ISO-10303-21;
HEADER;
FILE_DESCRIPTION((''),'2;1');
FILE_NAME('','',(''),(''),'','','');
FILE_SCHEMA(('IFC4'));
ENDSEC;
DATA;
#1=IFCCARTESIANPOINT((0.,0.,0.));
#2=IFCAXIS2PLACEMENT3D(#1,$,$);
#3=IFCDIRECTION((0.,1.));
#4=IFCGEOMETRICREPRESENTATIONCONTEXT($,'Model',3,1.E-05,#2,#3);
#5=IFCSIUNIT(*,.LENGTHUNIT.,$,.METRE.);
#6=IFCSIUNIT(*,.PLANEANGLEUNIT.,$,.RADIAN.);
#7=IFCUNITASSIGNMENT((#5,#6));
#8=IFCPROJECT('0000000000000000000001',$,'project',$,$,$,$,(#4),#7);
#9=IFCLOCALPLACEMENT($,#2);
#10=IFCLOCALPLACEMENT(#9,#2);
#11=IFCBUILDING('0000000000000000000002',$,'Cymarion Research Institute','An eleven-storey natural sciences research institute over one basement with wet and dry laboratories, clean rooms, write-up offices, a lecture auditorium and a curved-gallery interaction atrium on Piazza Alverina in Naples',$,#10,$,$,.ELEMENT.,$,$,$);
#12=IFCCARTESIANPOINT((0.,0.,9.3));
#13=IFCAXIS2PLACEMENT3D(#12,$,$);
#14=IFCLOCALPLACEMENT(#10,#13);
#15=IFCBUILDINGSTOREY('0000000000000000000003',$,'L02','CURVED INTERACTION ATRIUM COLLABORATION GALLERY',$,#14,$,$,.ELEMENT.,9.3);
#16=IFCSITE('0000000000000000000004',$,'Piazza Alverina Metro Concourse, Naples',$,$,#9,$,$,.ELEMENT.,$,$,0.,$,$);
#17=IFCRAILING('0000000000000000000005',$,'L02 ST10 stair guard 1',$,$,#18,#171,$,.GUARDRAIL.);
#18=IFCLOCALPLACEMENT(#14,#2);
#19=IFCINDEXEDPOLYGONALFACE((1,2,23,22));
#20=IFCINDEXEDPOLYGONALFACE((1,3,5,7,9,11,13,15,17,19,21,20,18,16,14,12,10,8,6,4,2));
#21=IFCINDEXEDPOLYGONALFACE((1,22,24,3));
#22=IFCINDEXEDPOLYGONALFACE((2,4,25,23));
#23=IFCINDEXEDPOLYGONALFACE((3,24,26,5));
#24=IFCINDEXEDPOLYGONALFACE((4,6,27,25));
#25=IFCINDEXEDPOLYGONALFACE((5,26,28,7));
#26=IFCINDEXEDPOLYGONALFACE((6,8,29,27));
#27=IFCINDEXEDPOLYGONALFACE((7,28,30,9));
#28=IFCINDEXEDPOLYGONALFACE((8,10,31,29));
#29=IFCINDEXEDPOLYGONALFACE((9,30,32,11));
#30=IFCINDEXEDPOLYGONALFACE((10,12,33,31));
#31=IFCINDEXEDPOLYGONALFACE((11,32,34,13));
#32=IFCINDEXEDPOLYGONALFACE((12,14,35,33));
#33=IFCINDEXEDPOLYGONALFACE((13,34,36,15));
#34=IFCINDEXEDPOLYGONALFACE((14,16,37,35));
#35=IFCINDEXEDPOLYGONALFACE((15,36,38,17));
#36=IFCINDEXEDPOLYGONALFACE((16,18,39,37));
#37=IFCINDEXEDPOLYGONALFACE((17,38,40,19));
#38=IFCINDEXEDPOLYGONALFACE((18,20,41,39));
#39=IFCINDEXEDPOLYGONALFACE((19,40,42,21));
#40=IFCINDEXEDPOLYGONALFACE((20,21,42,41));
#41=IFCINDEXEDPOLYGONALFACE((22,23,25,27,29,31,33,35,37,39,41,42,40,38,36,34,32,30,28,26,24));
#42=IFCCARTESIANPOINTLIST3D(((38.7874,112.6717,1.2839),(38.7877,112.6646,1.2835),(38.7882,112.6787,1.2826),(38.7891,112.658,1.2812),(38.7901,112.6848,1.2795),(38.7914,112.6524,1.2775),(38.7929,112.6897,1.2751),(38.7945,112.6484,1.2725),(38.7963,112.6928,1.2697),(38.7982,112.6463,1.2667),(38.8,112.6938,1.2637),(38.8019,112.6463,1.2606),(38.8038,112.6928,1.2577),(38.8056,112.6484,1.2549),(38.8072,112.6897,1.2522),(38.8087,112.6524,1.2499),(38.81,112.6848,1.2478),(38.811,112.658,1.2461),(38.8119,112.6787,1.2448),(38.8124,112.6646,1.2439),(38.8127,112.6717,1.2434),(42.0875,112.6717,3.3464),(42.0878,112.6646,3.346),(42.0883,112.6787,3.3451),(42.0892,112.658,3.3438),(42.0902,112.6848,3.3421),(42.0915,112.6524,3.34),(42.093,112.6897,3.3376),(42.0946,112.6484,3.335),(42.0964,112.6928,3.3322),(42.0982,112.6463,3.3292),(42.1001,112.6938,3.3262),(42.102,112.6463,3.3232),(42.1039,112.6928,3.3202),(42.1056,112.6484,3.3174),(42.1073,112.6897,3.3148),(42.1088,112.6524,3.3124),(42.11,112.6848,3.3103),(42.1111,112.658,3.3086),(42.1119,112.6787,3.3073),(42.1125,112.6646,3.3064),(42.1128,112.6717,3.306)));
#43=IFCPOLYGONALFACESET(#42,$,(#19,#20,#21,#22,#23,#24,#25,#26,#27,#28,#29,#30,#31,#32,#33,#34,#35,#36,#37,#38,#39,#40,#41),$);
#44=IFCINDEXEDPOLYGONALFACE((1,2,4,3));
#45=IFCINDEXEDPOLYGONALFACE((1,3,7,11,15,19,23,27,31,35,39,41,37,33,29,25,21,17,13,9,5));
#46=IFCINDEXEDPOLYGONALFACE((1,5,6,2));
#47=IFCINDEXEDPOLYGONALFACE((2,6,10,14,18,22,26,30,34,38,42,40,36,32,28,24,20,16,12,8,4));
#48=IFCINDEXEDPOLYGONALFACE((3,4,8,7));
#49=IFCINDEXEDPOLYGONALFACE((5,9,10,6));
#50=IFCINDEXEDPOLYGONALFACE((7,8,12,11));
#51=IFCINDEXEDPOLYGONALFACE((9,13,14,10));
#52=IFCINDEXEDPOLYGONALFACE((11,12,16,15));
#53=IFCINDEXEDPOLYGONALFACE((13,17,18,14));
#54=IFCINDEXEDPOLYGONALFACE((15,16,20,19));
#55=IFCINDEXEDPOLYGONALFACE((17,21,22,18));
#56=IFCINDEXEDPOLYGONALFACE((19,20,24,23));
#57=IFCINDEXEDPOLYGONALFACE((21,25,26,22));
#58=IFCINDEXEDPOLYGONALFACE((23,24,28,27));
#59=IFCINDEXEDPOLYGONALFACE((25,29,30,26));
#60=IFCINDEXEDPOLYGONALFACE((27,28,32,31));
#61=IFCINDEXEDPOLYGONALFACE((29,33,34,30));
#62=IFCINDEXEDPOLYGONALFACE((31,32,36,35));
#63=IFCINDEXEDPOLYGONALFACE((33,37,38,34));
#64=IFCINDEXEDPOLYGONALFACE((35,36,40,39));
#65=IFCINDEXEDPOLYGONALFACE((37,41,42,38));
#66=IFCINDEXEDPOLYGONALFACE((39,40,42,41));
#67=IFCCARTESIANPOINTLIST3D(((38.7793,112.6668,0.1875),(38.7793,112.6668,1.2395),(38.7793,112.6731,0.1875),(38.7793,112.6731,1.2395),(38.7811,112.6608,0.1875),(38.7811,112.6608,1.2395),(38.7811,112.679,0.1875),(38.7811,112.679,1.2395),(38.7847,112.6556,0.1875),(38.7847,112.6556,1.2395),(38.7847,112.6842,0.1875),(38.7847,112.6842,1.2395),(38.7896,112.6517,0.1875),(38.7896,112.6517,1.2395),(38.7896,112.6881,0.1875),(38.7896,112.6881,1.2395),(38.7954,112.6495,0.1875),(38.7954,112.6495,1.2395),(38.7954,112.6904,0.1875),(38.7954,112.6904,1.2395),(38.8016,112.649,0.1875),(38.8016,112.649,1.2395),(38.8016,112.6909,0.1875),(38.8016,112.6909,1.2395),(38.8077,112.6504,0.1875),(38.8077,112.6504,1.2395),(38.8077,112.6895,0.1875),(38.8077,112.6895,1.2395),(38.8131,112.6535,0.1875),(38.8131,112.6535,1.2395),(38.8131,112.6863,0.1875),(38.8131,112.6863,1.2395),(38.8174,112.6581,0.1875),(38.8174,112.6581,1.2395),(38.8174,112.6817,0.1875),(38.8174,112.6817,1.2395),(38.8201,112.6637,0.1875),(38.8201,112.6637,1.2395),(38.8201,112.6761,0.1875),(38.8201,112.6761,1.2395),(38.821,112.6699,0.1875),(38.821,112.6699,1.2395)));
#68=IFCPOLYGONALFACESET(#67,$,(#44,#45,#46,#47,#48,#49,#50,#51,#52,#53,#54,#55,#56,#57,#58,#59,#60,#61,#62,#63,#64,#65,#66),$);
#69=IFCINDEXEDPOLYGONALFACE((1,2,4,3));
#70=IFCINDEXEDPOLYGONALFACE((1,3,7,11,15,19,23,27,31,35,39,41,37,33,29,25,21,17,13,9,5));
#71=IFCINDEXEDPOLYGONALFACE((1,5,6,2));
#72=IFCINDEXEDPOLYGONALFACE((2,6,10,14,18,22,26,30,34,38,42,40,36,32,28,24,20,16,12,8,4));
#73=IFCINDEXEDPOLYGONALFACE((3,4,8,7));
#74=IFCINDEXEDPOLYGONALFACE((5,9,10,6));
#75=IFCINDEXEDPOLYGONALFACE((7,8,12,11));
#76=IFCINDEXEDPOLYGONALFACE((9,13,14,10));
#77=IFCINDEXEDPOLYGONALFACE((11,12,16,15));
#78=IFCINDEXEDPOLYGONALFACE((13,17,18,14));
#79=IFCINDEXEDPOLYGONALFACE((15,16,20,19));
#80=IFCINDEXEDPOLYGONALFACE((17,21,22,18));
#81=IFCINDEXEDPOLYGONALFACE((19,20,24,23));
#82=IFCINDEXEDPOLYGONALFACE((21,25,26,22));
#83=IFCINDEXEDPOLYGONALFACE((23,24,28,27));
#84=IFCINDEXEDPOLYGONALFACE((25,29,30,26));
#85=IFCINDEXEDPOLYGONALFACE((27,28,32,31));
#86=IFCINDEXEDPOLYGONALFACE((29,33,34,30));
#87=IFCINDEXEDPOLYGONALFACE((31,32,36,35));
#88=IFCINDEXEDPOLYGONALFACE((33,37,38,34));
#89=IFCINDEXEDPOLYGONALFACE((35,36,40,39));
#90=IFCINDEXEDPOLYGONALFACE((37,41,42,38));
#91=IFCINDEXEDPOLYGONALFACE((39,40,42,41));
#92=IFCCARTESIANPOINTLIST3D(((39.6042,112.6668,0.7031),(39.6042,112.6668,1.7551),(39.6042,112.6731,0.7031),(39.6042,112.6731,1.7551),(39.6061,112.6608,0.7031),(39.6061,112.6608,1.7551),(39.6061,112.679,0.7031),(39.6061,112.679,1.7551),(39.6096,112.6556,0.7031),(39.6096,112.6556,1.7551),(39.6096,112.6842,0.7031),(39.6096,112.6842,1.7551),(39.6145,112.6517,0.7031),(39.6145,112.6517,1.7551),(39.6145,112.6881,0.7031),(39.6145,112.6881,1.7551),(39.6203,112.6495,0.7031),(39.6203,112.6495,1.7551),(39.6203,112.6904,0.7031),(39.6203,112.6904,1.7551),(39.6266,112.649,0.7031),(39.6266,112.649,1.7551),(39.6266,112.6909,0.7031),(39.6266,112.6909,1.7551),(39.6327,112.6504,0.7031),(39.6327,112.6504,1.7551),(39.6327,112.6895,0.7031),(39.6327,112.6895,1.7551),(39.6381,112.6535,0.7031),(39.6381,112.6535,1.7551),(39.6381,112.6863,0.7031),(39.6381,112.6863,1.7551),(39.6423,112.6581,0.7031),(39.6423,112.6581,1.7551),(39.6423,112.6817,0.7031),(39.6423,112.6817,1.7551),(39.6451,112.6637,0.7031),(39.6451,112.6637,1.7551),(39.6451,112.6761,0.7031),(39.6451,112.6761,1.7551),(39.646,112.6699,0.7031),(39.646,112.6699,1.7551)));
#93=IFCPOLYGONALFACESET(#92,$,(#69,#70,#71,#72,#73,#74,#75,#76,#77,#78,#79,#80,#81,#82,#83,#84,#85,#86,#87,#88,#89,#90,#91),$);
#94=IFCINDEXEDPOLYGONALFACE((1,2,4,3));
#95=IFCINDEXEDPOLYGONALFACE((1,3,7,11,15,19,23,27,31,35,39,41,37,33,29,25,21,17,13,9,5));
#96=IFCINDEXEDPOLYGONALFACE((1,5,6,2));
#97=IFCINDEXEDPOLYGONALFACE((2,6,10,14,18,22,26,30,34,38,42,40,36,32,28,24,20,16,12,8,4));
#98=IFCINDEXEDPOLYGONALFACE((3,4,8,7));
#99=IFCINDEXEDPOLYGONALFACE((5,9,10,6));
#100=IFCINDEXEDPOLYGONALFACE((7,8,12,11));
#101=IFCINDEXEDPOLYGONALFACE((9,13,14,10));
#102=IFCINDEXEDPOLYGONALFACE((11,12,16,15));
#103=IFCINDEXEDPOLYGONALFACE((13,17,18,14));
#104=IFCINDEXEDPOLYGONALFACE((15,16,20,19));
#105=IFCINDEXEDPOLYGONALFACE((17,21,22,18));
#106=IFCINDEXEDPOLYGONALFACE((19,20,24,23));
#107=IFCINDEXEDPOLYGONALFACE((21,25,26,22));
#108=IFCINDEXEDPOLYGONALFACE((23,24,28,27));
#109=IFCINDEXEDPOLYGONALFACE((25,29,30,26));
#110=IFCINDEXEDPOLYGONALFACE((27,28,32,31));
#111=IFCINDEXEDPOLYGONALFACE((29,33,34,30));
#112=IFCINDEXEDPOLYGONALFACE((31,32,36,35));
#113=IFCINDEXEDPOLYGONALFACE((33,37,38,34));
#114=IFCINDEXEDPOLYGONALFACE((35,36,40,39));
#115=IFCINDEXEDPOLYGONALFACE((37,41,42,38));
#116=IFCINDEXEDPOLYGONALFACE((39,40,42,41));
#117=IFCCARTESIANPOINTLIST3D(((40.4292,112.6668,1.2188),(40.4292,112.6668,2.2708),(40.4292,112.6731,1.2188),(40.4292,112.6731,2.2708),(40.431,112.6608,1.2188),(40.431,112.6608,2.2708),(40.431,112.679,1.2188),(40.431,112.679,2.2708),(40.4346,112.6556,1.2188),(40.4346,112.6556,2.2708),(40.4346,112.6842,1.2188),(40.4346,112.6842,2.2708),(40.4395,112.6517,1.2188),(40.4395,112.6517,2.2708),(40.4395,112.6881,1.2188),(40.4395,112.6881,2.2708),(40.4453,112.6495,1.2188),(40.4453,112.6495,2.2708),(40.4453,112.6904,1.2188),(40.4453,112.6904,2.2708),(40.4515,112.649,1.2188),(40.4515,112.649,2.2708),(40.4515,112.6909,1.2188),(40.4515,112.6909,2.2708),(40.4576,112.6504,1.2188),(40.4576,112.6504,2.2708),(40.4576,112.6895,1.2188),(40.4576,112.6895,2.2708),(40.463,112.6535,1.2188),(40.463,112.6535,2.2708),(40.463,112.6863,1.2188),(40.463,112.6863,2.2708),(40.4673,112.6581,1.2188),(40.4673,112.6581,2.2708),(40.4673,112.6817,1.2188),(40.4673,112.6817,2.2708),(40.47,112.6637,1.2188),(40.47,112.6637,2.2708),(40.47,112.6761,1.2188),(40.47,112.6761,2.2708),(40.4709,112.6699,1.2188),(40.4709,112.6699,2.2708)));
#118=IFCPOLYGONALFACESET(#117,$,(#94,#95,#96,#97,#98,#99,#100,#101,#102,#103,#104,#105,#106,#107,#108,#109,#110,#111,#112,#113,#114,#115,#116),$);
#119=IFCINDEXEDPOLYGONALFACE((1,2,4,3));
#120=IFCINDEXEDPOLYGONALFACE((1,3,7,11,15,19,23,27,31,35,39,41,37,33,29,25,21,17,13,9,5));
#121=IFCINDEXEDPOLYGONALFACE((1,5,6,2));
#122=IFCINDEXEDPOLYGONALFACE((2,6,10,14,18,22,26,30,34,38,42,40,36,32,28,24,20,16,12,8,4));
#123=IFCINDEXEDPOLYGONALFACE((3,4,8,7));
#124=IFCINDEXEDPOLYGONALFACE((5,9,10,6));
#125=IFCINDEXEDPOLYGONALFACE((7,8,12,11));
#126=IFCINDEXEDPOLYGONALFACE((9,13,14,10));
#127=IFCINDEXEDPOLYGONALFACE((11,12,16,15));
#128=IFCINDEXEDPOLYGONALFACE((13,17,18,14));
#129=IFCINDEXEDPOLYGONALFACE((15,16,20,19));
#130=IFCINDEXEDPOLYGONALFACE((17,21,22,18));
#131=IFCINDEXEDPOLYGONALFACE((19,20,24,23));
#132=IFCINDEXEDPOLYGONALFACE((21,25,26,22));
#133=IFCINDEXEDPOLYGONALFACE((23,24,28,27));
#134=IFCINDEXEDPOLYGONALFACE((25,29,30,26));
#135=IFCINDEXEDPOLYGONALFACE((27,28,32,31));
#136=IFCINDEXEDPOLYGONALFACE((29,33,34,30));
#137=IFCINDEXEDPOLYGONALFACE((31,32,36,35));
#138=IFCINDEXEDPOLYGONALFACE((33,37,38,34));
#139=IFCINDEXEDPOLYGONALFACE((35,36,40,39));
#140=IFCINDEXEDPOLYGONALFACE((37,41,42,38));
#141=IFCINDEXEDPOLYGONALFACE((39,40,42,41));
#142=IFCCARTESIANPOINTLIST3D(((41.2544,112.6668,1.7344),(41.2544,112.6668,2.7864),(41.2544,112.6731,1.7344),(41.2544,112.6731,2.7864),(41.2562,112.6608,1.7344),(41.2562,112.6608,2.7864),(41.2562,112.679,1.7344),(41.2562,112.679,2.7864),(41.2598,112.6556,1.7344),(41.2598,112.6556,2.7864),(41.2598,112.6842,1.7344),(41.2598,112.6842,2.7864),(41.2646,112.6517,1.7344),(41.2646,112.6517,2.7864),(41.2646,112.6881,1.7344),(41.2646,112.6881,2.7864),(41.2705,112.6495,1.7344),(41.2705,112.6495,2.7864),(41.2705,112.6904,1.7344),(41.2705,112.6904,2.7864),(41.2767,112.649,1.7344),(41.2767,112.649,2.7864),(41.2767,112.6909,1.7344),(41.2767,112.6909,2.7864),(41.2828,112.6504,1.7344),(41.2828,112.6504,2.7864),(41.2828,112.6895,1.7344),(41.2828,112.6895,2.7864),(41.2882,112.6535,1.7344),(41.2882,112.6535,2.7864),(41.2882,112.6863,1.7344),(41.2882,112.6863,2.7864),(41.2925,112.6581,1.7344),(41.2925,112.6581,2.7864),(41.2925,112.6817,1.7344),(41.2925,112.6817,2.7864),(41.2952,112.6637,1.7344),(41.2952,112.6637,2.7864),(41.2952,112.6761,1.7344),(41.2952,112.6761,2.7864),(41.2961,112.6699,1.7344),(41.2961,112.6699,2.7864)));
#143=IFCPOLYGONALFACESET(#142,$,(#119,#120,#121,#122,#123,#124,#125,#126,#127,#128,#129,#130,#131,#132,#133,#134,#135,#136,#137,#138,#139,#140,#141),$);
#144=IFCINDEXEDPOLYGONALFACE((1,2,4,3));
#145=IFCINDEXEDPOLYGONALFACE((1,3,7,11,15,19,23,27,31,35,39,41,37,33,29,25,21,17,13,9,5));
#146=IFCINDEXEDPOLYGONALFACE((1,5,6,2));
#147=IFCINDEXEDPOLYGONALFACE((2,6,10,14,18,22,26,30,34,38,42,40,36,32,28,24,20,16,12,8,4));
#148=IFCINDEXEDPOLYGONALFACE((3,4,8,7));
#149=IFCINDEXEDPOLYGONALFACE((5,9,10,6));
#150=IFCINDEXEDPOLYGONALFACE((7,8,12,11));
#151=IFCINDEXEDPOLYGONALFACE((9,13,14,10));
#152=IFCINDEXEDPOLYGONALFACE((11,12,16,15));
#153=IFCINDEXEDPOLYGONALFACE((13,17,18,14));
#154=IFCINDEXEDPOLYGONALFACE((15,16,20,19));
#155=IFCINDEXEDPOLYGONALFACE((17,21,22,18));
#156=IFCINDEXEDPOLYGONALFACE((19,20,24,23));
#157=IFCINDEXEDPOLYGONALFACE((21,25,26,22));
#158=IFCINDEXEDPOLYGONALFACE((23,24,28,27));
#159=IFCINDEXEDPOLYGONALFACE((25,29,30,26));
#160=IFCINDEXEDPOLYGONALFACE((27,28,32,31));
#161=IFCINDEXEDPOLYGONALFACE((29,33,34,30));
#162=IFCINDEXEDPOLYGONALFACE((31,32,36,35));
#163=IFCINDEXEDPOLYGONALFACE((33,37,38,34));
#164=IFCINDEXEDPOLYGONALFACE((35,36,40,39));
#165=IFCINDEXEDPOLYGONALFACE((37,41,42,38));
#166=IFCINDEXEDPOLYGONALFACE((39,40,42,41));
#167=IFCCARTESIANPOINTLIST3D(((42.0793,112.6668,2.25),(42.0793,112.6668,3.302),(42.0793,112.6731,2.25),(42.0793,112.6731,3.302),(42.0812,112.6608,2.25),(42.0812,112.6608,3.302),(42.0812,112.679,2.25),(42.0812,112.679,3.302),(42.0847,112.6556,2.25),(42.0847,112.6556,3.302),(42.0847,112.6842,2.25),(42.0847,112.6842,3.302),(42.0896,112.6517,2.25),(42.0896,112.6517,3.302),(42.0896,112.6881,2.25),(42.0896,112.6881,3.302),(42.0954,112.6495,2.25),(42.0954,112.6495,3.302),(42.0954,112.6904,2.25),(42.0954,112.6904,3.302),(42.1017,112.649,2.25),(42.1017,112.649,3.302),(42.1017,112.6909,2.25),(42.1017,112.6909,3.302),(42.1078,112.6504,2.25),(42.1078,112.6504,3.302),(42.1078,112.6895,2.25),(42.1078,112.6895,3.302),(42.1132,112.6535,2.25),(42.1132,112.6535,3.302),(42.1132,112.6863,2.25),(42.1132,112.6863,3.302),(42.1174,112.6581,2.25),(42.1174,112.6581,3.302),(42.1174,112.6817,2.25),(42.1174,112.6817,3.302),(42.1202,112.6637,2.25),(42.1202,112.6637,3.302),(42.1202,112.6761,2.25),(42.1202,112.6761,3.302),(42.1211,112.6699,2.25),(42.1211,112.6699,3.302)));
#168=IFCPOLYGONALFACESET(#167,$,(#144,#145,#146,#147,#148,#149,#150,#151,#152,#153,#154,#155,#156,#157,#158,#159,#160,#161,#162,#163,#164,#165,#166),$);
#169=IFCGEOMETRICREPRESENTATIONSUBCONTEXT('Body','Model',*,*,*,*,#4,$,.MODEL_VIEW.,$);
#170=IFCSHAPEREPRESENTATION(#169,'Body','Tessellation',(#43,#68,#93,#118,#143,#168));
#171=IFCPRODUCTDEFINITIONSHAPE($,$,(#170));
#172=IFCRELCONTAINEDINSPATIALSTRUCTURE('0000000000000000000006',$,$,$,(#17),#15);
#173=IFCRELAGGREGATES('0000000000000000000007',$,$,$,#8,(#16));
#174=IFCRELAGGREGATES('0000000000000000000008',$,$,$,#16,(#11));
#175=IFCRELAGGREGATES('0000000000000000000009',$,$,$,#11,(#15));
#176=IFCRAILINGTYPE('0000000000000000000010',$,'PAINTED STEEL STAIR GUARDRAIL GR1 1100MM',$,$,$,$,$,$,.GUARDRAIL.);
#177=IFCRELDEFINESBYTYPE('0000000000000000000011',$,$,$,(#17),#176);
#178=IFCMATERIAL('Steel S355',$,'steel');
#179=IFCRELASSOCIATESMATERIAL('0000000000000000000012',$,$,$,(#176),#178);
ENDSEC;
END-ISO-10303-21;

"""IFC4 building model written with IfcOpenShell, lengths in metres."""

from ifc_helpers import new_model, si_unit, direction, frame, origin, origin_2d, place, context, subcontext, project, spatial, circle, extrude, material, type_object, element, save


model = new_model("IFC4")

# Units and contexts
model_context = context("Model", 3, precision=1e-05, world=origin(), true_north=direction((0.0, 1.0)))
body_context = subcontext(model_context, "Body", "Model", "MODEL_VIEW")
ifc_project = project(units=[si_unit("LENGTHUNIT", "METRE"), si_unit("PLANEANGLEUNIT", "RADIAN")], contexts=[model_context])

# Site, building, storey
site_placement = place(None, origin())
site = spatial("IfcSite", under=ifc_project, at=site_placement, Name="Piazza Alverina Metro Concourse, Naples", CompositionType="ELEMENT", RefElevation=0.0)
building_placement = place(site_placement, origin())
building = spatial("IfcBuilding", under=site, at=building_placement, Name="Cymarion Research Institute", Description="An eleven-storey natural sciences research institute over one basement with wet and dry laboratories, clean rooms, write-up offices, a lecture auditorium and a curved-gallery interaction atrium on Piazza Alverina in Naples", CompositionType="ELEMENT")
storey_placement = place(building_placement, frame((0.0, 0.0, 9.3)))
storey = spatial("IfcBuildingStorey", under=building, at=storey_placement, Name="L02", Description="CURVED INTERACTION ATRIUM COLLABORATION GALLERY", CompositionType="ELEMENT", Elevation=9.3)

# Shared definitions
ifc_material_1 = material(Name="Steel S355", Category="steel")

# Railing
railing_type_1 = type_object("IfcRailingType", Name="PAINTED STEEL STAIR GUARDRAIL GR1 1100MM", PredefinedType="GUARDRAIL", material=ifc_material_1)
railing_1_placement = place(storey_placement, frame((38.8, 112.6699, 0.1875)))
element("IfcRailing", 1, at=railing_1_placement, inside=storey, type_object=railing_type_1, Name="L02 ST10 stair guard 1", PredefinedType="GUARDRAIL", context=body_context, shape_type="SweptSolid", body=[
    extrude(circle(Radius=0.0239, at=origin_2d()), frame((0.0, 0.0, 1.0762), z_axis=(0.848002, 0.0, 0.529993), x_axis=(0.0, 1.0, 0.0)), (0.0, 0.0, 1.0), 3.8916),
    extrude(circle(Radius=0.021, at=origin_2d()), origin(), (0.0, 0.0, 1.0), 1.052),
    extrude(circle(Radius=0.021, at=origin_2d()), frame((0.825, 0.0, 0.5156)), (0.0, 0.0, 1.0), 1.052),
    extrude(circle(Radius=0.021, at=origin_2d()), frame((1.6499, 0.0, 1.0312)), (0.0, 0.0, 1.0), 1.052),
    extrude(circle(Radius=0.021, at=origin_2d()), frame((2.4751, 0.0, 1.5469)), (0.0, 0.0, 1.0), 1.052),
    extrude(circle(Radius=0.021, at=origin_2d()), frame((3.3, 0.0, 2.0625)), (0.0, 0.0, 1.0), 1.052),
])

save(model, "model.ifc")
